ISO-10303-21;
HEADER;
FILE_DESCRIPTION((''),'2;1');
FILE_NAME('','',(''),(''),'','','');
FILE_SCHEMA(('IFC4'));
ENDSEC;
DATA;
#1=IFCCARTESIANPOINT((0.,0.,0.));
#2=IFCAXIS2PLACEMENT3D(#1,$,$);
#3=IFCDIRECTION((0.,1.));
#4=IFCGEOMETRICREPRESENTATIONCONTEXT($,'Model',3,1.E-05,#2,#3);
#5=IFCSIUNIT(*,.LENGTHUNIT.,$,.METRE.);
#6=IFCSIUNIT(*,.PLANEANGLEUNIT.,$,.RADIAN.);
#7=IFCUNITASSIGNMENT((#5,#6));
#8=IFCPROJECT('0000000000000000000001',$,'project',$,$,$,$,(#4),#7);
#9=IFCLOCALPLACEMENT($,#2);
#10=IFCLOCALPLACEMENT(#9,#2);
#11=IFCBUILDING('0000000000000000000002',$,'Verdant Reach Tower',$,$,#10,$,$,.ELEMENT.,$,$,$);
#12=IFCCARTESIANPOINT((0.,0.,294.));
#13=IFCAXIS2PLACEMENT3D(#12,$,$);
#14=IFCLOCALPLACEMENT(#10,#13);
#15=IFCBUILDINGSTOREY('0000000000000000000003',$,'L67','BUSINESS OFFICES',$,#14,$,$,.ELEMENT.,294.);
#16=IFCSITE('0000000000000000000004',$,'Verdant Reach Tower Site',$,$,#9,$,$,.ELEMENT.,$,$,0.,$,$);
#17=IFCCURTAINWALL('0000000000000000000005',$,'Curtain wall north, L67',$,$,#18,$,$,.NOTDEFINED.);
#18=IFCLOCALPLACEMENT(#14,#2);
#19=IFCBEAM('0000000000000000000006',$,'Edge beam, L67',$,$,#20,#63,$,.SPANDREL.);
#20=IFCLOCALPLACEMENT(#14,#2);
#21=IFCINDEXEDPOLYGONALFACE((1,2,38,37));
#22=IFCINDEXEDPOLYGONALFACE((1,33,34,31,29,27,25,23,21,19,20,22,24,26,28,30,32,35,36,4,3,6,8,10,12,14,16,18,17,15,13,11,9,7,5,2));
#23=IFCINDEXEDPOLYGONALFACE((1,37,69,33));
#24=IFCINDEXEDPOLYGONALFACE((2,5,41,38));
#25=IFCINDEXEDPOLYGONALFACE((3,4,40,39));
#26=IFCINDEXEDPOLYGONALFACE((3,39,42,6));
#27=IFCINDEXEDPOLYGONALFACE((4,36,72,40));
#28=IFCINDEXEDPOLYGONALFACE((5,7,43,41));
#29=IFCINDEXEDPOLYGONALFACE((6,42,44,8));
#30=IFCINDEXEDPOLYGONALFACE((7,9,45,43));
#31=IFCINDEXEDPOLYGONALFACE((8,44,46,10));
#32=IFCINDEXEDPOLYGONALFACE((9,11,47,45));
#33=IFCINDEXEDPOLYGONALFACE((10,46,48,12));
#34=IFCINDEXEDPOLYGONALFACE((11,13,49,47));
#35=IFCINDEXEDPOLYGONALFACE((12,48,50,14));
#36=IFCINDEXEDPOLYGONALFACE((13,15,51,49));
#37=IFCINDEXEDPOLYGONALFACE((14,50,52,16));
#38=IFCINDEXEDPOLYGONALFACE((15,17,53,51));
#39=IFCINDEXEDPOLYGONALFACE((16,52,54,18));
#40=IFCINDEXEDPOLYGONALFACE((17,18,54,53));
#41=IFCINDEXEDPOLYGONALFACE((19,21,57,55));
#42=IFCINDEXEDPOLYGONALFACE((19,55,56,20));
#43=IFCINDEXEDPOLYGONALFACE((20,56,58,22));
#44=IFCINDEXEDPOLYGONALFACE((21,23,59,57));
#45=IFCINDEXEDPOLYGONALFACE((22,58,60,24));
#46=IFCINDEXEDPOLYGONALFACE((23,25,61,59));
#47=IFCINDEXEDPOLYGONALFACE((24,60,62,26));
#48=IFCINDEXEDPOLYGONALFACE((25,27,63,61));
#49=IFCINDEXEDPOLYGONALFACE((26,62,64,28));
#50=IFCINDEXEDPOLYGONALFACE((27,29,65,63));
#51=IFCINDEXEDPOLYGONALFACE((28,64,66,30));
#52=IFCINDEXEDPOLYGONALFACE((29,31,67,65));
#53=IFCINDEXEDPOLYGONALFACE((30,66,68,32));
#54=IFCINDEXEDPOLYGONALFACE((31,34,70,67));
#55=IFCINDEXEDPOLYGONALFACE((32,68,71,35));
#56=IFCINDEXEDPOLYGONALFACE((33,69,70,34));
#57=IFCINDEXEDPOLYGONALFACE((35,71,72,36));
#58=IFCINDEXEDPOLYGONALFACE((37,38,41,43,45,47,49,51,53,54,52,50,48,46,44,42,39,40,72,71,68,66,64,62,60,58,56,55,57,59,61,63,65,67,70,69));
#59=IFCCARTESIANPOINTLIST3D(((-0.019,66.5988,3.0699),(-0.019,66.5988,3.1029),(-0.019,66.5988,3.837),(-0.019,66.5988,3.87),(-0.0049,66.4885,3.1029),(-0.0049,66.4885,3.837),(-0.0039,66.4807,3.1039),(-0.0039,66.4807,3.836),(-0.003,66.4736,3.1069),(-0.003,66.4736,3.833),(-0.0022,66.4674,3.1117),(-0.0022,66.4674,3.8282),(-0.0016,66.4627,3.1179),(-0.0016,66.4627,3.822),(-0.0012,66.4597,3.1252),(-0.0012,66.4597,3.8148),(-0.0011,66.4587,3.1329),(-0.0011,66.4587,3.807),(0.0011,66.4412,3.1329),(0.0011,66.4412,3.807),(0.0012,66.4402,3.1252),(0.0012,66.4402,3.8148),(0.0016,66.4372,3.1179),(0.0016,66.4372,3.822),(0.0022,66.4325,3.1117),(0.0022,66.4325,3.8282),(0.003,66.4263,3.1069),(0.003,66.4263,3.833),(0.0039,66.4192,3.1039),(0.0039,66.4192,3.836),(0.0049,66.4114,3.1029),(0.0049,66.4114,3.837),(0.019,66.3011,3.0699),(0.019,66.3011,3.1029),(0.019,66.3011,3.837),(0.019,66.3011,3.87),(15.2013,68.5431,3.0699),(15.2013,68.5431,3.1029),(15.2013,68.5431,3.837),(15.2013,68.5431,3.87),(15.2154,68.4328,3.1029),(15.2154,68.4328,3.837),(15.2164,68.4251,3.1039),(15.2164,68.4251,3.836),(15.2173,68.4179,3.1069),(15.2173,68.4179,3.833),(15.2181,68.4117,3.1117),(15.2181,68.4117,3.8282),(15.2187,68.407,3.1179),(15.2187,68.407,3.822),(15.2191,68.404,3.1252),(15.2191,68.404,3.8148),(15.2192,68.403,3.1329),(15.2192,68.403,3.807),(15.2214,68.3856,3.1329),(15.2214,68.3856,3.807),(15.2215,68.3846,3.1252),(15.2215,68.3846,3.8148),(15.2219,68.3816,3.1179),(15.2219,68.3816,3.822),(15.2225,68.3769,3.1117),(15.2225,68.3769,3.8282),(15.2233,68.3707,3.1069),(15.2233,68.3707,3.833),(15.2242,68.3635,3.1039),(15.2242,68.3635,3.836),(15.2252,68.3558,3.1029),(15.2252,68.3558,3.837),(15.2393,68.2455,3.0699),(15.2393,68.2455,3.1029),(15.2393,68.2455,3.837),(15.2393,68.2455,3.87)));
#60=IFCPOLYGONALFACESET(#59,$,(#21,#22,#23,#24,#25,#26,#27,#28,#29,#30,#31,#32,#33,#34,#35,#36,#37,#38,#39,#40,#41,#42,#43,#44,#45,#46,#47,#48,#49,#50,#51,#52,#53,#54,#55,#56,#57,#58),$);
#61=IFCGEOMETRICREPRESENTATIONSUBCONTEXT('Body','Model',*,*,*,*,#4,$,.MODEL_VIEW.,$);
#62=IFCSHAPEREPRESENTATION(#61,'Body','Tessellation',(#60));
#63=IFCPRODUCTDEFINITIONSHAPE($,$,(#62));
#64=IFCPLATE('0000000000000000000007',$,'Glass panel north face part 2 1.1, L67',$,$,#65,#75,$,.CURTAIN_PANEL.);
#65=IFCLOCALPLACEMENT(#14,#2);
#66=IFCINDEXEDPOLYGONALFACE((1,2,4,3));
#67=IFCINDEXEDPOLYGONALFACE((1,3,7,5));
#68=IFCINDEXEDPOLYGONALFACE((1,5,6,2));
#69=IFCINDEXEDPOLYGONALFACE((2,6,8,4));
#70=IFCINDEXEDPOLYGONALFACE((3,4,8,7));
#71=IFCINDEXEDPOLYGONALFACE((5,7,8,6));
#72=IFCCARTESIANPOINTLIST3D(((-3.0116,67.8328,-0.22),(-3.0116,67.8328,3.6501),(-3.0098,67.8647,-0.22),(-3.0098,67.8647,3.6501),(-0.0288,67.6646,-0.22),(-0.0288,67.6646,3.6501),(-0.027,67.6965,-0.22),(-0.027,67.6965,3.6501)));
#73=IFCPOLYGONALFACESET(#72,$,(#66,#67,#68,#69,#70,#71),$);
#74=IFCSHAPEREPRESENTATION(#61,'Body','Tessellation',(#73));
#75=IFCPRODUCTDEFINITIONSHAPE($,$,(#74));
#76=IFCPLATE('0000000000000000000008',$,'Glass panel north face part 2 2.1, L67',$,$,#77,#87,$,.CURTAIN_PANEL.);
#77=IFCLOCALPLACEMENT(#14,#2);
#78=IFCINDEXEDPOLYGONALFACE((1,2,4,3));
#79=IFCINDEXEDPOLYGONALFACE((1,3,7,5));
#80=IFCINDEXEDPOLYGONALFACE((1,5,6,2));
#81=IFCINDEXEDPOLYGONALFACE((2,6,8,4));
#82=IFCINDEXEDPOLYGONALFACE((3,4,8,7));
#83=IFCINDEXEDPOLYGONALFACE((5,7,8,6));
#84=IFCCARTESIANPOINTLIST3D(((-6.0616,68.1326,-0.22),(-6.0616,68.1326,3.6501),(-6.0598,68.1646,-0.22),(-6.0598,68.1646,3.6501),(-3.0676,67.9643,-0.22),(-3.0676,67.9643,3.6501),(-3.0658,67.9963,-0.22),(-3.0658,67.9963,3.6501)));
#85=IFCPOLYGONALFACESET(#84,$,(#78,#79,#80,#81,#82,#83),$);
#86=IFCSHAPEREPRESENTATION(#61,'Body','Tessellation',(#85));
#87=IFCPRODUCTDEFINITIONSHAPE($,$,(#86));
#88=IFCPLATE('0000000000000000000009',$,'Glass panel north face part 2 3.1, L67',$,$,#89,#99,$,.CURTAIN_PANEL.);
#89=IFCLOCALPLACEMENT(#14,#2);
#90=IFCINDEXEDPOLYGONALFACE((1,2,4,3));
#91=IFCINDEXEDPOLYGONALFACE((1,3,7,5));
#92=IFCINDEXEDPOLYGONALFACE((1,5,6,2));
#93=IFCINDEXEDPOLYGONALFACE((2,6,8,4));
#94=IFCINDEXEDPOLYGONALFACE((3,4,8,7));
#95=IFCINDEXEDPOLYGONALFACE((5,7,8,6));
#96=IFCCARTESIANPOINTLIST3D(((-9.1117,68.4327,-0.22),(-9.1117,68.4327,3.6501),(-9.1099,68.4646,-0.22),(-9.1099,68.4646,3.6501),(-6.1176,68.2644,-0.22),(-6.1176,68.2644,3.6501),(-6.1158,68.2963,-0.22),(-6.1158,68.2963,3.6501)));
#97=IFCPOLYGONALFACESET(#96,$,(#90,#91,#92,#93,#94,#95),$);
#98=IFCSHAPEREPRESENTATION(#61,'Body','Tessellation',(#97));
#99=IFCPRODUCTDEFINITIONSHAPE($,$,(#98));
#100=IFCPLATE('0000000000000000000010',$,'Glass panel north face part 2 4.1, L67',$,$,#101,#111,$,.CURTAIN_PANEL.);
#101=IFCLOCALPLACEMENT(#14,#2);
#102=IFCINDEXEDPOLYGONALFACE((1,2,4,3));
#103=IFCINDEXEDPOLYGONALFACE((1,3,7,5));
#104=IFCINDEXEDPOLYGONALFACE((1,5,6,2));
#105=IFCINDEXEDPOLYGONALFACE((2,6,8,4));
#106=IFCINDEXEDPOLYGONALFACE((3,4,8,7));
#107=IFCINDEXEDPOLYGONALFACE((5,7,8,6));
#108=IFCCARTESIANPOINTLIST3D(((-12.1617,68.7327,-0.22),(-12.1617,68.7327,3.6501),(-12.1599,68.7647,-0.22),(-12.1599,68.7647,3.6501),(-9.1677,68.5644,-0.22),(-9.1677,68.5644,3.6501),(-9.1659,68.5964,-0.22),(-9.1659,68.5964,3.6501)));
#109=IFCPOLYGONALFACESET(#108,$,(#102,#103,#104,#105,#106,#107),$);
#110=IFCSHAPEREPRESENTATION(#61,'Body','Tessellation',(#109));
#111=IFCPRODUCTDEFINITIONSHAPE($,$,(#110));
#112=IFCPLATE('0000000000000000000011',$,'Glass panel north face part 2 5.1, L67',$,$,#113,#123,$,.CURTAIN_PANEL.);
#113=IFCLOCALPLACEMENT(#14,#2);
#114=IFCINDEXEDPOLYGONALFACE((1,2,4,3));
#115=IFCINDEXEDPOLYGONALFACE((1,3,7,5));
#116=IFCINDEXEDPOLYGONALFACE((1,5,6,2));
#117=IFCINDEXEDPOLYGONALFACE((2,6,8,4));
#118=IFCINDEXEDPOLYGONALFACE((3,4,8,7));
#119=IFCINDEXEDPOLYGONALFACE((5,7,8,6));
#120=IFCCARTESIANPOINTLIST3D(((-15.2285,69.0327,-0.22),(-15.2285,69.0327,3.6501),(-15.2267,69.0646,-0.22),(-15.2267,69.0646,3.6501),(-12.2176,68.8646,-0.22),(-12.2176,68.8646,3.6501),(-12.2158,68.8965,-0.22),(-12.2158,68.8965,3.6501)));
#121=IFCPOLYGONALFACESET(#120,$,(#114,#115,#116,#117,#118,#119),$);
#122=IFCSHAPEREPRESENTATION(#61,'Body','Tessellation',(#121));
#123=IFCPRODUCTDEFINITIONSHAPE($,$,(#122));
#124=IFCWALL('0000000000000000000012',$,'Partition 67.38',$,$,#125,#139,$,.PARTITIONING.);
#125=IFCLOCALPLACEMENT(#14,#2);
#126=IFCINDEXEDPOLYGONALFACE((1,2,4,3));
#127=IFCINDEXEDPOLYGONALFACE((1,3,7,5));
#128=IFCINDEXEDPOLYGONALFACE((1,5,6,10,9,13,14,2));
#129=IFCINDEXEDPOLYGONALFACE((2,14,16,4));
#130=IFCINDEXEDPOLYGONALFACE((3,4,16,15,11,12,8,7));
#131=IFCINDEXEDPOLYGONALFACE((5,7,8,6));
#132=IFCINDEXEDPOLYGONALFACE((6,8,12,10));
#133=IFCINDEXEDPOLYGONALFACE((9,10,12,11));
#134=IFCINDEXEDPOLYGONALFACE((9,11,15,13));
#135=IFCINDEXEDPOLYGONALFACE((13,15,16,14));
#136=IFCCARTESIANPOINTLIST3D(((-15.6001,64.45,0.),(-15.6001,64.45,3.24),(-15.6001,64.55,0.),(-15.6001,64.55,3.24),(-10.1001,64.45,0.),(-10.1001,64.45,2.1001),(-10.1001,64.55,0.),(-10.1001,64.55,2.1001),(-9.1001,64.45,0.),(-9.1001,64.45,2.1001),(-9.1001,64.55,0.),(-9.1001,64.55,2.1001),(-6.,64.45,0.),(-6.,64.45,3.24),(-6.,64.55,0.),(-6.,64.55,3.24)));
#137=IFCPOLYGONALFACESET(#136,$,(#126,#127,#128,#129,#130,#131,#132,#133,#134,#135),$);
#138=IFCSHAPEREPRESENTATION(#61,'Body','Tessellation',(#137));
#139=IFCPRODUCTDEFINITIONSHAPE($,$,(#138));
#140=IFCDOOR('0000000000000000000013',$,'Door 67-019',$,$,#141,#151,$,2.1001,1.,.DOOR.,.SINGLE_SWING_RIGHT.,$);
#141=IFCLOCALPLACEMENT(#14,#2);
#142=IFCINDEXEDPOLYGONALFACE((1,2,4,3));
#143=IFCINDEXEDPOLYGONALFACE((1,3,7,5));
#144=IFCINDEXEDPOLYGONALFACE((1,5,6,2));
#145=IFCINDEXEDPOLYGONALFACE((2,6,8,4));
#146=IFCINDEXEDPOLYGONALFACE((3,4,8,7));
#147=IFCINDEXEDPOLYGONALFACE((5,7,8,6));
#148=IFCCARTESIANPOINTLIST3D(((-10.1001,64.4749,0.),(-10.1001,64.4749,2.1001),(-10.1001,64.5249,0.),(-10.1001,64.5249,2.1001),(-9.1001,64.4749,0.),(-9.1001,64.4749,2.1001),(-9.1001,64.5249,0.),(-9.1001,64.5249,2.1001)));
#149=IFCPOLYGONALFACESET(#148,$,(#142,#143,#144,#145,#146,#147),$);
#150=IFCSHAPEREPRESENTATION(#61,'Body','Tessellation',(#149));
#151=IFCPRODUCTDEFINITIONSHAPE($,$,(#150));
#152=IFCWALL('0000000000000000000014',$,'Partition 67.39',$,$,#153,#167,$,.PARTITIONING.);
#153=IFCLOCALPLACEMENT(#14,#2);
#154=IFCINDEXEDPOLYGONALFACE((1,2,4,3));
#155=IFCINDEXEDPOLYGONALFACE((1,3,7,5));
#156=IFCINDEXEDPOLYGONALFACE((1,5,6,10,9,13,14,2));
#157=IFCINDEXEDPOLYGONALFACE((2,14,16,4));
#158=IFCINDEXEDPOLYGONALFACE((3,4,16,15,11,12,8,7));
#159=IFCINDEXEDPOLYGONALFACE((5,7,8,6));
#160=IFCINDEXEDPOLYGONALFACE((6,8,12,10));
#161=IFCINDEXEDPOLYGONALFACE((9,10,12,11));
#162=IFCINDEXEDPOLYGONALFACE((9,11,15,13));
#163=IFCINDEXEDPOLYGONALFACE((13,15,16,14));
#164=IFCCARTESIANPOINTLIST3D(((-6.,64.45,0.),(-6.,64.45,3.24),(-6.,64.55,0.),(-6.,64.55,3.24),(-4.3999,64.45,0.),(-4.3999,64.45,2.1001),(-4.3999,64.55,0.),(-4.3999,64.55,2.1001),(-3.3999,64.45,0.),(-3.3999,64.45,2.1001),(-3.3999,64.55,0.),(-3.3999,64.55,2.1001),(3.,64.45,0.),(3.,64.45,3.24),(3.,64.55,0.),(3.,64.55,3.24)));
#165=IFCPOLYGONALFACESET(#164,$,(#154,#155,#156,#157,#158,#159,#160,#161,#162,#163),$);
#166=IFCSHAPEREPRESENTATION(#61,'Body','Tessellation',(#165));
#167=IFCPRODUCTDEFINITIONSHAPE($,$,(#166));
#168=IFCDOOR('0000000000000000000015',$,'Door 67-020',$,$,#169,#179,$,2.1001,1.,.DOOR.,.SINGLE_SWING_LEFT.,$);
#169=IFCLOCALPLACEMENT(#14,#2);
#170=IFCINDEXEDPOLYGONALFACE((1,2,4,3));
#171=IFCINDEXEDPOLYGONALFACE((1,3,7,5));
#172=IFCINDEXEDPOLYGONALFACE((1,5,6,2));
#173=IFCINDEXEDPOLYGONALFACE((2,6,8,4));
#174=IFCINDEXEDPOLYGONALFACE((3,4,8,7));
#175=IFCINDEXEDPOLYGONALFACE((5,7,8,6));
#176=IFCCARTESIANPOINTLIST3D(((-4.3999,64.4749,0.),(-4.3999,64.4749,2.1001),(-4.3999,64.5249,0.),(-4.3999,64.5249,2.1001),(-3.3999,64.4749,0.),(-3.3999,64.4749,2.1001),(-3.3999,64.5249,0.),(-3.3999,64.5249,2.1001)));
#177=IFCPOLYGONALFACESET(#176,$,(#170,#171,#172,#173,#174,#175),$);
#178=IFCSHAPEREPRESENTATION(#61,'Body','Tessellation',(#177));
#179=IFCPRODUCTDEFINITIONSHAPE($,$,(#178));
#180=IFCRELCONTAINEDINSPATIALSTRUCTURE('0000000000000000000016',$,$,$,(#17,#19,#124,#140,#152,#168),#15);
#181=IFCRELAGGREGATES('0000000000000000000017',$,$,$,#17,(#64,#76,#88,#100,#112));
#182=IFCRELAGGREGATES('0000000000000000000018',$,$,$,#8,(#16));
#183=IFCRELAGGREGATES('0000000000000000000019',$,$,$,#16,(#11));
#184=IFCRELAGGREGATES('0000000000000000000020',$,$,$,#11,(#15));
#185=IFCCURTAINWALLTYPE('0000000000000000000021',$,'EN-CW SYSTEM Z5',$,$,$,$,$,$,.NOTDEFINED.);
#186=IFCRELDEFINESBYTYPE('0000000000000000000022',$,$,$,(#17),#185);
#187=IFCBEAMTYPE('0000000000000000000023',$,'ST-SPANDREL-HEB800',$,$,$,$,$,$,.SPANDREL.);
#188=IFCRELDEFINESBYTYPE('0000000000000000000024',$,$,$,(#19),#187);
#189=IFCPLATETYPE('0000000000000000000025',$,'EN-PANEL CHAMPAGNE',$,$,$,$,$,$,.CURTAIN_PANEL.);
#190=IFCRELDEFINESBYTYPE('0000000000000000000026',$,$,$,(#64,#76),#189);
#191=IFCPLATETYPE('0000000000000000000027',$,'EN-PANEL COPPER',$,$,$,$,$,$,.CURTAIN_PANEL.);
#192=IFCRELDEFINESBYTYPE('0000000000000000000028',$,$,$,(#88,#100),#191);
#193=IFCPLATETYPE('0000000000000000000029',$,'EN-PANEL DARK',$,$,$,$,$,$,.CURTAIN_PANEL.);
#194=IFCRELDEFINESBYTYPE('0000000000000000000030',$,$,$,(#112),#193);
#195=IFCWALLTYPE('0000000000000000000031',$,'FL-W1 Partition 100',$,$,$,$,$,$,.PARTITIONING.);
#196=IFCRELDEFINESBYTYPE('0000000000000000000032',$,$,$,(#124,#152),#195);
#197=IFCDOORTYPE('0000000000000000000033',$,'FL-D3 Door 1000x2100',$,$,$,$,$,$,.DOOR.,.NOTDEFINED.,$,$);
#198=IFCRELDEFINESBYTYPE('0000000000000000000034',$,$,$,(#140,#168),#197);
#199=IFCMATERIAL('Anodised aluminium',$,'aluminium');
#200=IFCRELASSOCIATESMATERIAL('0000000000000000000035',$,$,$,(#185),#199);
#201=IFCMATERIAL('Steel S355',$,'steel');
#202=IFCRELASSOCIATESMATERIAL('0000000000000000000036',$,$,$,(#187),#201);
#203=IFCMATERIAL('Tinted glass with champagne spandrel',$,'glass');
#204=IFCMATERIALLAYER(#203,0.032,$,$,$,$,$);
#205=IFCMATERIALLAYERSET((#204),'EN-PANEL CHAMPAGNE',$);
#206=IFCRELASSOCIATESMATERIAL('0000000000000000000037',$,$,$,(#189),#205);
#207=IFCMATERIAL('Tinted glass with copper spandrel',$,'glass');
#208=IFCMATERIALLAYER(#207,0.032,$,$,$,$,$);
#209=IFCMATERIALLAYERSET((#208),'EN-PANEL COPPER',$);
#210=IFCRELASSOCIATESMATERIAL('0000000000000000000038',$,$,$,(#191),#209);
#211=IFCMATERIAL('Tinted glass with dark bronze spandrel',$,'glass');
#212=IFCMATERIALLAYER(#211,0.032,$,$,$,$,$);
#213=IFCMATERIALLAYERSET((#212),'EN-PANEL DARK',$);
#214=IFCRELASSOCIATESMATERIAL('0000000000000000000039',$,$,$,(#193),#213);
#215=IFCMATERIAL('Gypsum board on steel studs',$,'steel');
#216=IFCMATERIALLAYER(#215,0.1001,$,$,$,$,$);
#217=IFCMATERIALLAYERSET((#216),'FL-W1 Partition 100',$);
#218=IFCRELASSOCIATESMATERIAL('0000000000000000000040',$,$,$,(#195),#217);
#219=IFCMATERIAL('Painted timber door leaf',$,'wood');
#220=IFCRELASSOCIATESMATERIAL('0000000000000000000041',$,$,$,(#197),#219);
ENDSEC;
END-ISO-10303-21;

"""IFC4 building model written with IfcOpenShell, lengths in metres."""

from ifc_helpers import new_model, si_unit, direction, frame, frame_2d, origin, origin_2d, place, context, subcontext, project, spatial, rectangle, i_section, extrude, material, layer, layer_set, material_profile, profile_set, type_object, element, fill, aggregate, save


model = new_model("IFC4")

# Units and contexts
model_context = context("Model", 3, precision=1e-05, world=origin(), true_north=direction((0.0, 1.0)))
body_context = subcontext(model_context, "Body", "Model", "MODEL_VIEW")
ifc_project = project(units=[si_unit("LENGTHUNIT", "METRE"), si_unit("PLANEANGLEUNIT", "RADIAN")], contexts=[model_context])

# Site, building, storey
site_placement = place(None, origin())
site = spatial("IfcSite", under=ifc_project, at=site_placement, Name="Verdant Reach Tower Site", CompositionType="ELEMENT", RefElevation=0.0)
building_placement = place(site_placement, origin())
building = spatial("IfcBuilding", under=site, at=building_placement, Name="Verdant Reach Tower", CompositionType="ELEMENT")
storey_placement = place(building_placement, frame((0.0, 0.0, 294.0)))
storey = spatial("IfcBuildingStorey", under=building, at=storey_placement, Name="L67", Description="BUSINESS OFFICES", CompositionType="ELEMENT", Elevation=294.0)

# Curtain wall
ifc_material_1 = material(Name="Anodised aluminium", Category="aluminium")
curtain_wall_type = type_object("IfcCurtainWallType", Name="EN-CW SYSTEM Z5", PredefinedType="NOTDEFINED", material=ifc_material_1)
curtain_wall_1_placement = place(storey_placement, origin())
curtain_wall_1 = element("IfcCurtainWall", 1, at=curtain_wall_1_placement, inside=storey, type_object=curtain_wall_type, Name="Curtain wall north, L67", PredefinedType="NOTDEFINED")

# Beam
ifc_material_2 = material(Name="Steel S355", Category="steel")
ifc_material_profile_1 = material_profile(ifc_material_2, i_section(OverallWidth=0.3, OverallDepth=0.8, WebThickness=0.0176, FlangeThickness=0.033, FilletRadius=0.03, at=origin_2d()), Name="HEB 800")
ifc_profile_set_1 = profile_set([ifc_material_profile_1], Name="Steel S355")
beam_type = type_object("IfcBeamType", Name="ST-SPANDREL-HEB800", PredefinedType="SPANDREL", material=ifc_profile_set_1)
for number, where, z_axis, x_axis, name in (
    (2, (0.0, 66.45, 3.47), (0.991939, 0.126717, 0.0), (-0.126717, 0.991939, 0.0), "Edge beam, L67"),
):
    element("IfcBeam", number, at=place(storey_placement, frame(where, z_axis=z_axis, x_axis=x_axis)), inside=storey, type_object=beam_type, Name=name, PredefinedType="SPANDREL", context=body_context, shape_type="SweptSolid", body=[
        extrude(i_section(OverallWidth=0.3, OverallDepth=0.8, WebThickness=0.0176, FlangeThickness=0.033, FilletRadius=0.03, at=origin_2d()), origin(), (0.0, 0.0, 1.0), 15.344),
    ])

# Plates
ifc_material_3 = material(Name="Tinted glass with champagne spandrel", Category="glass")
ifc_layer_1 = layer(ifc_material_3, 0.032)
ifc_layer_set_1 = layer_set([ifc_layer_1], Name="EN-PANEL CHAMPAGNE")
plate_type_1 = type_object("IfcPlateType", Name="EN-PANEL CHAMPAGNE", PredefinedType="CURTAIN_PANEL", material=ifc_layer_set_1)
plate_1_placement = place(storey_placement, frame((-1.5193, 67.7646, -0.22), z_axis=(0.0, 0.0, 1.0), x_axis=(-0.998413, 0.056308, 0.0)))
plate_1 = element("IfcPlate", 3, at=plate_1_placement, type_object=plate_type_1, Name="Glass panel north face part 2 1.1, L67", PredefinedType="CURTAIN_PANEL", context=body_context, shape_type="SweptSolid", body=[
    extrude(rectangle(XDim=2.9875, YDim=0.032, at=origin_2d()), origin(), (0.0, 0.0, 1.0), 3.8701),
])
plate_2_placement = place(storey_placement, frame((-4.5637, 68.0645, -0.22), z_axis=(0.0, 0.0, 1.0), x_axis=(-0.998424, 0.056128, 0.0)))
plate_2 = element("IfcPlate", 4, at=plate_2_placement, type_object=plate_type_1, Name="Glass panel north face part 2 2.1, L67", PredefinedType="CURTAIN_PANEL", context=body_context, shape_type="SweptSolid", body=[
    extrude(rectangle(XDim=2.9988, YDim=0.032, at=origin_2d()), origin(), (0.0, 0.0, 1.0), 3.8701),
])
ifc_material_4 = material(Name="Tinted glass with copper spandrel", Category="glass")
ifc_layer_2 = layer(ifc_material_4, 0.032)
ifc_layer_set_2 = layer_set([ifc_layer_2], Name="EN-PANEL COPPER")
plate_type_2 = type_object("IfcPlateType", Name="EN-PANEL COPPER", PredefinedType="CURTAIN_PANEL", material=ifc_layer_set_2)
plate_3_placement = place(storey_placement, frame((-7.6138, 68.3645, -0.22), z_axis=(0.0, 0.0, 1.0), x_axis=(-0.998424, 0.056128, 0.0)))
plate_3 = element("IfcPlate", 5, at=plate_3_placement, type_object=plate_type_2, Name="Glass panel north face part 2 3.1, L67", PredefinedType="CURTAIN_PANEL", context=body_context, shape_type="SweptSolid", body=[
    extrude(rectangle(XDim=2.9988, YDim=0.032, at=origin_2d()), origin(), (0.0, 0.0, 1.0), 3.8701),
])
plate_4_placement = place(storey_placement, frame((-10.6638, 68.6646, -0.22), z_axis=(0.0, 0.0, 1.0), x_axis=(-0.998424, 0.056128, 0.0)))
plate_4 = element("IfcPlate", 6, at=plate_4_placement, type_object=plate_type_2, Name="Glass panel north face part 2 4.1, L67", PredefinedType="CURTAIN_PANEL", context=body_context, shape_type="SweptSolid", body=[
    extrude(rectangle(XDim=2.9988, YDim=0.032, at=origin_2d()), origin(), (0.0, 0.0, 1.0), 3.8701),
])
ifc_material_5 = material(Name="Tinted glass with dark bronze spandrel", Category="glass")
ifc_layer_3 = layer(ifc_material_5, 0.032)
ifc_layer_set_3 = layer_set([ifc_layer_3], Name="EN-PANEL DARK")
plate_type_3 = type_object("IfcPlateType", Name="EN-PANEL DARK", PredefinedType="CURTAIN_PANEL", material=ifc_layer_set_3)
plate_5_placement = place(storey_placement, frame((-13.7222, 68.9646, -0.22), z_axis=(0.0, 0.0, 1.0), x_axis=(-0.998446, 0.055725, 0.0)))
plate_5 = element("IfcPlate", 7, at=plate_5_placement, type_object=plate_type_3, Name="Glass panel north face part 2 5.1, L67", PredefinedType="CURTAIN_PANEL", context=body_context, shape_type="SweptSolid", body=[
    extrude(rectangle(XDim=3.0156, YDim=0.032, at=origin_2d()), origin(), (0.0, 0.0, 1.0), 3.8701),
])
aggregate(curtain_wall_1, [plate_1, plate_2, plate_3, plate_4, plate_5])

# Walls, openings, doors
ifc_material_6 = material(Name="Gypsum board on steel studs", Category="steel")
ifc_layer_4 = layer(ifc_material_6, 0.1001)
ifc_layer_set_4 = layer_set([ifc_layer_4], Name="FL-W1 Partition 100")
wall_type = type_object("IfcWallType", Name="FL-W1 Partition 100", PredefinedType="PARTITIONING", material=ifc_layer_set_4)
wall_1_placement = place(storey_placement, frame((-15.6001, 64.5, 0.0), z_axis=(0.0, 0.0, 1.0), x_axis=(1.0, 0.0, 0.0)))
wall_1 = element("IfcWall", 8, at=wall_1_placement, inside=storey, type_object=wall_type, Name="Partition 67.38", PredefinedType="PARTITIONING", context=body_context, shape_type="SweptSolid", body=[
    extrude(rectangle(XDim=9.6001, YDim=0.1001, at=frame_2d((4.8, 0.0))), origin(), (0.0, 0.0, 1.0), 3.24),
])
opening_1_placement = place(wall_1_placement, frame((5.5, 0.0, 0.0)))
opening_1 = element("IfcOpeningElement", 9, at=opening_1_placement, cuts=wall_1, PredefinedType="OPENING", context=body_context, shape_type="SweptSolid", body=[
    extrude(rectangle(XDim=1.0, YDim=2.1001, at=frame_2d((0.5, 1.05))), frame((0.0, 0.0601, 0.0), z_axis=(0.0, -1.0, 0.0), x_axis=(1.0, 0.0, 0.0)), (0.0, 0.0, 1.0), 0.1201),
])
ifc_material_7 = material(Name="Painted timber door leaf", Category="wood")
door_type = type_object("IfcDoorType", Name="FL-D3 Door 1000x2100", OperationType="NOTDEFINED", PredefinedType="DOOR", material=ifc_material_7)
door_1_placement = place(opening_1_placement, origin())
door_1 = element("IfcDoor", 10, at=door_1_placement, inside=storey, type_object=door_type, Name="Door 67-019", OperationType="SINGLE_SWING_RIGHT", OverallHeight=2.1001, OverallWidth=1.0, PredefinedType="DOOR", context=body_context, shape_type="SweptSolid", body=[
    extrude(rectangle(XDim=1.0, YDim=2.1001, at=frame_2d((0.5, 1.05))), frame((0.0, 0.0249, 0.0), z_axis=(0.0, -1.0, 0.0), x_axis=(1.0, 0.0, 0.0)), (0.0, 0.0, 1.0), 0.05),
])
fill(opening_1, door_1)
wall_2_placement = place(storey_placement, frame((-6.0, 64.5, 0.0), z_axis=(0.0, 0.0, 1.0), x_axis=(1.0, 0.0, 0.0)))
wall_2 = element("IfcWall", 11, at=wall_2_placement, inside=storey, type_object=wall_type, Name="Partition 67.39", PredefinedType="PARTITIONING", context=body_context, shape_type="SweptSolid", body=[
    extrude(rectangle(XDim=9.0, YDim=0.1001, at=frame_2d((4.5, 0.0))), origin(), (0.0, 0.0, 1.0), 3.24),
])
opening_2_placement = place(wall_2_placement, frame((1.6001, 0.0, 0.0)))
opening_2 = element("IfcOpeningElement", 12, at=opening_2_placement, cuts=wall_2, PredefinedType="OPENING", context=body_context, shape_type="SweptSolid", body=[
    extrude(rectangle(XDim=1.0, YDim=2.1001, at=frame_2d((0.5, 1.05))), frame((0.0, 0.0601, 0.0), z_axis=(0.0, -1.0, 0.0), x_axis=(1.0, 0.0, 0.0)), (0.0, 0.0, 1.0), 0.1201),
])
door_2_placement = place(opening_2_placement, origin())
door_2 = element("IfcDoor", 13, at=door_2_placement, inside=storey, type_object=door_type, Name="Door 67-020", OperationType="SINGLE_SWING_LEFT", OverallHeight=2.1001, OverallWidth=1.0, PredefinedType="DOOR", context=body_context, shape_type="SweptSolid", body=[
    extrude(rectangle(XDim=1.0, YDim=2.1001, at=frame_2d((0.5, 1.05))), frame((0.0, 0.0249, 0.0), z_axis=(0.0, -1.0, 0.0), x_axis=(1.0, 0.0, 0.0)), (0.0, 0.0, 1.0), 0.05),
])
fill(opening_2, door_2)

save(model, "model.ifc")
